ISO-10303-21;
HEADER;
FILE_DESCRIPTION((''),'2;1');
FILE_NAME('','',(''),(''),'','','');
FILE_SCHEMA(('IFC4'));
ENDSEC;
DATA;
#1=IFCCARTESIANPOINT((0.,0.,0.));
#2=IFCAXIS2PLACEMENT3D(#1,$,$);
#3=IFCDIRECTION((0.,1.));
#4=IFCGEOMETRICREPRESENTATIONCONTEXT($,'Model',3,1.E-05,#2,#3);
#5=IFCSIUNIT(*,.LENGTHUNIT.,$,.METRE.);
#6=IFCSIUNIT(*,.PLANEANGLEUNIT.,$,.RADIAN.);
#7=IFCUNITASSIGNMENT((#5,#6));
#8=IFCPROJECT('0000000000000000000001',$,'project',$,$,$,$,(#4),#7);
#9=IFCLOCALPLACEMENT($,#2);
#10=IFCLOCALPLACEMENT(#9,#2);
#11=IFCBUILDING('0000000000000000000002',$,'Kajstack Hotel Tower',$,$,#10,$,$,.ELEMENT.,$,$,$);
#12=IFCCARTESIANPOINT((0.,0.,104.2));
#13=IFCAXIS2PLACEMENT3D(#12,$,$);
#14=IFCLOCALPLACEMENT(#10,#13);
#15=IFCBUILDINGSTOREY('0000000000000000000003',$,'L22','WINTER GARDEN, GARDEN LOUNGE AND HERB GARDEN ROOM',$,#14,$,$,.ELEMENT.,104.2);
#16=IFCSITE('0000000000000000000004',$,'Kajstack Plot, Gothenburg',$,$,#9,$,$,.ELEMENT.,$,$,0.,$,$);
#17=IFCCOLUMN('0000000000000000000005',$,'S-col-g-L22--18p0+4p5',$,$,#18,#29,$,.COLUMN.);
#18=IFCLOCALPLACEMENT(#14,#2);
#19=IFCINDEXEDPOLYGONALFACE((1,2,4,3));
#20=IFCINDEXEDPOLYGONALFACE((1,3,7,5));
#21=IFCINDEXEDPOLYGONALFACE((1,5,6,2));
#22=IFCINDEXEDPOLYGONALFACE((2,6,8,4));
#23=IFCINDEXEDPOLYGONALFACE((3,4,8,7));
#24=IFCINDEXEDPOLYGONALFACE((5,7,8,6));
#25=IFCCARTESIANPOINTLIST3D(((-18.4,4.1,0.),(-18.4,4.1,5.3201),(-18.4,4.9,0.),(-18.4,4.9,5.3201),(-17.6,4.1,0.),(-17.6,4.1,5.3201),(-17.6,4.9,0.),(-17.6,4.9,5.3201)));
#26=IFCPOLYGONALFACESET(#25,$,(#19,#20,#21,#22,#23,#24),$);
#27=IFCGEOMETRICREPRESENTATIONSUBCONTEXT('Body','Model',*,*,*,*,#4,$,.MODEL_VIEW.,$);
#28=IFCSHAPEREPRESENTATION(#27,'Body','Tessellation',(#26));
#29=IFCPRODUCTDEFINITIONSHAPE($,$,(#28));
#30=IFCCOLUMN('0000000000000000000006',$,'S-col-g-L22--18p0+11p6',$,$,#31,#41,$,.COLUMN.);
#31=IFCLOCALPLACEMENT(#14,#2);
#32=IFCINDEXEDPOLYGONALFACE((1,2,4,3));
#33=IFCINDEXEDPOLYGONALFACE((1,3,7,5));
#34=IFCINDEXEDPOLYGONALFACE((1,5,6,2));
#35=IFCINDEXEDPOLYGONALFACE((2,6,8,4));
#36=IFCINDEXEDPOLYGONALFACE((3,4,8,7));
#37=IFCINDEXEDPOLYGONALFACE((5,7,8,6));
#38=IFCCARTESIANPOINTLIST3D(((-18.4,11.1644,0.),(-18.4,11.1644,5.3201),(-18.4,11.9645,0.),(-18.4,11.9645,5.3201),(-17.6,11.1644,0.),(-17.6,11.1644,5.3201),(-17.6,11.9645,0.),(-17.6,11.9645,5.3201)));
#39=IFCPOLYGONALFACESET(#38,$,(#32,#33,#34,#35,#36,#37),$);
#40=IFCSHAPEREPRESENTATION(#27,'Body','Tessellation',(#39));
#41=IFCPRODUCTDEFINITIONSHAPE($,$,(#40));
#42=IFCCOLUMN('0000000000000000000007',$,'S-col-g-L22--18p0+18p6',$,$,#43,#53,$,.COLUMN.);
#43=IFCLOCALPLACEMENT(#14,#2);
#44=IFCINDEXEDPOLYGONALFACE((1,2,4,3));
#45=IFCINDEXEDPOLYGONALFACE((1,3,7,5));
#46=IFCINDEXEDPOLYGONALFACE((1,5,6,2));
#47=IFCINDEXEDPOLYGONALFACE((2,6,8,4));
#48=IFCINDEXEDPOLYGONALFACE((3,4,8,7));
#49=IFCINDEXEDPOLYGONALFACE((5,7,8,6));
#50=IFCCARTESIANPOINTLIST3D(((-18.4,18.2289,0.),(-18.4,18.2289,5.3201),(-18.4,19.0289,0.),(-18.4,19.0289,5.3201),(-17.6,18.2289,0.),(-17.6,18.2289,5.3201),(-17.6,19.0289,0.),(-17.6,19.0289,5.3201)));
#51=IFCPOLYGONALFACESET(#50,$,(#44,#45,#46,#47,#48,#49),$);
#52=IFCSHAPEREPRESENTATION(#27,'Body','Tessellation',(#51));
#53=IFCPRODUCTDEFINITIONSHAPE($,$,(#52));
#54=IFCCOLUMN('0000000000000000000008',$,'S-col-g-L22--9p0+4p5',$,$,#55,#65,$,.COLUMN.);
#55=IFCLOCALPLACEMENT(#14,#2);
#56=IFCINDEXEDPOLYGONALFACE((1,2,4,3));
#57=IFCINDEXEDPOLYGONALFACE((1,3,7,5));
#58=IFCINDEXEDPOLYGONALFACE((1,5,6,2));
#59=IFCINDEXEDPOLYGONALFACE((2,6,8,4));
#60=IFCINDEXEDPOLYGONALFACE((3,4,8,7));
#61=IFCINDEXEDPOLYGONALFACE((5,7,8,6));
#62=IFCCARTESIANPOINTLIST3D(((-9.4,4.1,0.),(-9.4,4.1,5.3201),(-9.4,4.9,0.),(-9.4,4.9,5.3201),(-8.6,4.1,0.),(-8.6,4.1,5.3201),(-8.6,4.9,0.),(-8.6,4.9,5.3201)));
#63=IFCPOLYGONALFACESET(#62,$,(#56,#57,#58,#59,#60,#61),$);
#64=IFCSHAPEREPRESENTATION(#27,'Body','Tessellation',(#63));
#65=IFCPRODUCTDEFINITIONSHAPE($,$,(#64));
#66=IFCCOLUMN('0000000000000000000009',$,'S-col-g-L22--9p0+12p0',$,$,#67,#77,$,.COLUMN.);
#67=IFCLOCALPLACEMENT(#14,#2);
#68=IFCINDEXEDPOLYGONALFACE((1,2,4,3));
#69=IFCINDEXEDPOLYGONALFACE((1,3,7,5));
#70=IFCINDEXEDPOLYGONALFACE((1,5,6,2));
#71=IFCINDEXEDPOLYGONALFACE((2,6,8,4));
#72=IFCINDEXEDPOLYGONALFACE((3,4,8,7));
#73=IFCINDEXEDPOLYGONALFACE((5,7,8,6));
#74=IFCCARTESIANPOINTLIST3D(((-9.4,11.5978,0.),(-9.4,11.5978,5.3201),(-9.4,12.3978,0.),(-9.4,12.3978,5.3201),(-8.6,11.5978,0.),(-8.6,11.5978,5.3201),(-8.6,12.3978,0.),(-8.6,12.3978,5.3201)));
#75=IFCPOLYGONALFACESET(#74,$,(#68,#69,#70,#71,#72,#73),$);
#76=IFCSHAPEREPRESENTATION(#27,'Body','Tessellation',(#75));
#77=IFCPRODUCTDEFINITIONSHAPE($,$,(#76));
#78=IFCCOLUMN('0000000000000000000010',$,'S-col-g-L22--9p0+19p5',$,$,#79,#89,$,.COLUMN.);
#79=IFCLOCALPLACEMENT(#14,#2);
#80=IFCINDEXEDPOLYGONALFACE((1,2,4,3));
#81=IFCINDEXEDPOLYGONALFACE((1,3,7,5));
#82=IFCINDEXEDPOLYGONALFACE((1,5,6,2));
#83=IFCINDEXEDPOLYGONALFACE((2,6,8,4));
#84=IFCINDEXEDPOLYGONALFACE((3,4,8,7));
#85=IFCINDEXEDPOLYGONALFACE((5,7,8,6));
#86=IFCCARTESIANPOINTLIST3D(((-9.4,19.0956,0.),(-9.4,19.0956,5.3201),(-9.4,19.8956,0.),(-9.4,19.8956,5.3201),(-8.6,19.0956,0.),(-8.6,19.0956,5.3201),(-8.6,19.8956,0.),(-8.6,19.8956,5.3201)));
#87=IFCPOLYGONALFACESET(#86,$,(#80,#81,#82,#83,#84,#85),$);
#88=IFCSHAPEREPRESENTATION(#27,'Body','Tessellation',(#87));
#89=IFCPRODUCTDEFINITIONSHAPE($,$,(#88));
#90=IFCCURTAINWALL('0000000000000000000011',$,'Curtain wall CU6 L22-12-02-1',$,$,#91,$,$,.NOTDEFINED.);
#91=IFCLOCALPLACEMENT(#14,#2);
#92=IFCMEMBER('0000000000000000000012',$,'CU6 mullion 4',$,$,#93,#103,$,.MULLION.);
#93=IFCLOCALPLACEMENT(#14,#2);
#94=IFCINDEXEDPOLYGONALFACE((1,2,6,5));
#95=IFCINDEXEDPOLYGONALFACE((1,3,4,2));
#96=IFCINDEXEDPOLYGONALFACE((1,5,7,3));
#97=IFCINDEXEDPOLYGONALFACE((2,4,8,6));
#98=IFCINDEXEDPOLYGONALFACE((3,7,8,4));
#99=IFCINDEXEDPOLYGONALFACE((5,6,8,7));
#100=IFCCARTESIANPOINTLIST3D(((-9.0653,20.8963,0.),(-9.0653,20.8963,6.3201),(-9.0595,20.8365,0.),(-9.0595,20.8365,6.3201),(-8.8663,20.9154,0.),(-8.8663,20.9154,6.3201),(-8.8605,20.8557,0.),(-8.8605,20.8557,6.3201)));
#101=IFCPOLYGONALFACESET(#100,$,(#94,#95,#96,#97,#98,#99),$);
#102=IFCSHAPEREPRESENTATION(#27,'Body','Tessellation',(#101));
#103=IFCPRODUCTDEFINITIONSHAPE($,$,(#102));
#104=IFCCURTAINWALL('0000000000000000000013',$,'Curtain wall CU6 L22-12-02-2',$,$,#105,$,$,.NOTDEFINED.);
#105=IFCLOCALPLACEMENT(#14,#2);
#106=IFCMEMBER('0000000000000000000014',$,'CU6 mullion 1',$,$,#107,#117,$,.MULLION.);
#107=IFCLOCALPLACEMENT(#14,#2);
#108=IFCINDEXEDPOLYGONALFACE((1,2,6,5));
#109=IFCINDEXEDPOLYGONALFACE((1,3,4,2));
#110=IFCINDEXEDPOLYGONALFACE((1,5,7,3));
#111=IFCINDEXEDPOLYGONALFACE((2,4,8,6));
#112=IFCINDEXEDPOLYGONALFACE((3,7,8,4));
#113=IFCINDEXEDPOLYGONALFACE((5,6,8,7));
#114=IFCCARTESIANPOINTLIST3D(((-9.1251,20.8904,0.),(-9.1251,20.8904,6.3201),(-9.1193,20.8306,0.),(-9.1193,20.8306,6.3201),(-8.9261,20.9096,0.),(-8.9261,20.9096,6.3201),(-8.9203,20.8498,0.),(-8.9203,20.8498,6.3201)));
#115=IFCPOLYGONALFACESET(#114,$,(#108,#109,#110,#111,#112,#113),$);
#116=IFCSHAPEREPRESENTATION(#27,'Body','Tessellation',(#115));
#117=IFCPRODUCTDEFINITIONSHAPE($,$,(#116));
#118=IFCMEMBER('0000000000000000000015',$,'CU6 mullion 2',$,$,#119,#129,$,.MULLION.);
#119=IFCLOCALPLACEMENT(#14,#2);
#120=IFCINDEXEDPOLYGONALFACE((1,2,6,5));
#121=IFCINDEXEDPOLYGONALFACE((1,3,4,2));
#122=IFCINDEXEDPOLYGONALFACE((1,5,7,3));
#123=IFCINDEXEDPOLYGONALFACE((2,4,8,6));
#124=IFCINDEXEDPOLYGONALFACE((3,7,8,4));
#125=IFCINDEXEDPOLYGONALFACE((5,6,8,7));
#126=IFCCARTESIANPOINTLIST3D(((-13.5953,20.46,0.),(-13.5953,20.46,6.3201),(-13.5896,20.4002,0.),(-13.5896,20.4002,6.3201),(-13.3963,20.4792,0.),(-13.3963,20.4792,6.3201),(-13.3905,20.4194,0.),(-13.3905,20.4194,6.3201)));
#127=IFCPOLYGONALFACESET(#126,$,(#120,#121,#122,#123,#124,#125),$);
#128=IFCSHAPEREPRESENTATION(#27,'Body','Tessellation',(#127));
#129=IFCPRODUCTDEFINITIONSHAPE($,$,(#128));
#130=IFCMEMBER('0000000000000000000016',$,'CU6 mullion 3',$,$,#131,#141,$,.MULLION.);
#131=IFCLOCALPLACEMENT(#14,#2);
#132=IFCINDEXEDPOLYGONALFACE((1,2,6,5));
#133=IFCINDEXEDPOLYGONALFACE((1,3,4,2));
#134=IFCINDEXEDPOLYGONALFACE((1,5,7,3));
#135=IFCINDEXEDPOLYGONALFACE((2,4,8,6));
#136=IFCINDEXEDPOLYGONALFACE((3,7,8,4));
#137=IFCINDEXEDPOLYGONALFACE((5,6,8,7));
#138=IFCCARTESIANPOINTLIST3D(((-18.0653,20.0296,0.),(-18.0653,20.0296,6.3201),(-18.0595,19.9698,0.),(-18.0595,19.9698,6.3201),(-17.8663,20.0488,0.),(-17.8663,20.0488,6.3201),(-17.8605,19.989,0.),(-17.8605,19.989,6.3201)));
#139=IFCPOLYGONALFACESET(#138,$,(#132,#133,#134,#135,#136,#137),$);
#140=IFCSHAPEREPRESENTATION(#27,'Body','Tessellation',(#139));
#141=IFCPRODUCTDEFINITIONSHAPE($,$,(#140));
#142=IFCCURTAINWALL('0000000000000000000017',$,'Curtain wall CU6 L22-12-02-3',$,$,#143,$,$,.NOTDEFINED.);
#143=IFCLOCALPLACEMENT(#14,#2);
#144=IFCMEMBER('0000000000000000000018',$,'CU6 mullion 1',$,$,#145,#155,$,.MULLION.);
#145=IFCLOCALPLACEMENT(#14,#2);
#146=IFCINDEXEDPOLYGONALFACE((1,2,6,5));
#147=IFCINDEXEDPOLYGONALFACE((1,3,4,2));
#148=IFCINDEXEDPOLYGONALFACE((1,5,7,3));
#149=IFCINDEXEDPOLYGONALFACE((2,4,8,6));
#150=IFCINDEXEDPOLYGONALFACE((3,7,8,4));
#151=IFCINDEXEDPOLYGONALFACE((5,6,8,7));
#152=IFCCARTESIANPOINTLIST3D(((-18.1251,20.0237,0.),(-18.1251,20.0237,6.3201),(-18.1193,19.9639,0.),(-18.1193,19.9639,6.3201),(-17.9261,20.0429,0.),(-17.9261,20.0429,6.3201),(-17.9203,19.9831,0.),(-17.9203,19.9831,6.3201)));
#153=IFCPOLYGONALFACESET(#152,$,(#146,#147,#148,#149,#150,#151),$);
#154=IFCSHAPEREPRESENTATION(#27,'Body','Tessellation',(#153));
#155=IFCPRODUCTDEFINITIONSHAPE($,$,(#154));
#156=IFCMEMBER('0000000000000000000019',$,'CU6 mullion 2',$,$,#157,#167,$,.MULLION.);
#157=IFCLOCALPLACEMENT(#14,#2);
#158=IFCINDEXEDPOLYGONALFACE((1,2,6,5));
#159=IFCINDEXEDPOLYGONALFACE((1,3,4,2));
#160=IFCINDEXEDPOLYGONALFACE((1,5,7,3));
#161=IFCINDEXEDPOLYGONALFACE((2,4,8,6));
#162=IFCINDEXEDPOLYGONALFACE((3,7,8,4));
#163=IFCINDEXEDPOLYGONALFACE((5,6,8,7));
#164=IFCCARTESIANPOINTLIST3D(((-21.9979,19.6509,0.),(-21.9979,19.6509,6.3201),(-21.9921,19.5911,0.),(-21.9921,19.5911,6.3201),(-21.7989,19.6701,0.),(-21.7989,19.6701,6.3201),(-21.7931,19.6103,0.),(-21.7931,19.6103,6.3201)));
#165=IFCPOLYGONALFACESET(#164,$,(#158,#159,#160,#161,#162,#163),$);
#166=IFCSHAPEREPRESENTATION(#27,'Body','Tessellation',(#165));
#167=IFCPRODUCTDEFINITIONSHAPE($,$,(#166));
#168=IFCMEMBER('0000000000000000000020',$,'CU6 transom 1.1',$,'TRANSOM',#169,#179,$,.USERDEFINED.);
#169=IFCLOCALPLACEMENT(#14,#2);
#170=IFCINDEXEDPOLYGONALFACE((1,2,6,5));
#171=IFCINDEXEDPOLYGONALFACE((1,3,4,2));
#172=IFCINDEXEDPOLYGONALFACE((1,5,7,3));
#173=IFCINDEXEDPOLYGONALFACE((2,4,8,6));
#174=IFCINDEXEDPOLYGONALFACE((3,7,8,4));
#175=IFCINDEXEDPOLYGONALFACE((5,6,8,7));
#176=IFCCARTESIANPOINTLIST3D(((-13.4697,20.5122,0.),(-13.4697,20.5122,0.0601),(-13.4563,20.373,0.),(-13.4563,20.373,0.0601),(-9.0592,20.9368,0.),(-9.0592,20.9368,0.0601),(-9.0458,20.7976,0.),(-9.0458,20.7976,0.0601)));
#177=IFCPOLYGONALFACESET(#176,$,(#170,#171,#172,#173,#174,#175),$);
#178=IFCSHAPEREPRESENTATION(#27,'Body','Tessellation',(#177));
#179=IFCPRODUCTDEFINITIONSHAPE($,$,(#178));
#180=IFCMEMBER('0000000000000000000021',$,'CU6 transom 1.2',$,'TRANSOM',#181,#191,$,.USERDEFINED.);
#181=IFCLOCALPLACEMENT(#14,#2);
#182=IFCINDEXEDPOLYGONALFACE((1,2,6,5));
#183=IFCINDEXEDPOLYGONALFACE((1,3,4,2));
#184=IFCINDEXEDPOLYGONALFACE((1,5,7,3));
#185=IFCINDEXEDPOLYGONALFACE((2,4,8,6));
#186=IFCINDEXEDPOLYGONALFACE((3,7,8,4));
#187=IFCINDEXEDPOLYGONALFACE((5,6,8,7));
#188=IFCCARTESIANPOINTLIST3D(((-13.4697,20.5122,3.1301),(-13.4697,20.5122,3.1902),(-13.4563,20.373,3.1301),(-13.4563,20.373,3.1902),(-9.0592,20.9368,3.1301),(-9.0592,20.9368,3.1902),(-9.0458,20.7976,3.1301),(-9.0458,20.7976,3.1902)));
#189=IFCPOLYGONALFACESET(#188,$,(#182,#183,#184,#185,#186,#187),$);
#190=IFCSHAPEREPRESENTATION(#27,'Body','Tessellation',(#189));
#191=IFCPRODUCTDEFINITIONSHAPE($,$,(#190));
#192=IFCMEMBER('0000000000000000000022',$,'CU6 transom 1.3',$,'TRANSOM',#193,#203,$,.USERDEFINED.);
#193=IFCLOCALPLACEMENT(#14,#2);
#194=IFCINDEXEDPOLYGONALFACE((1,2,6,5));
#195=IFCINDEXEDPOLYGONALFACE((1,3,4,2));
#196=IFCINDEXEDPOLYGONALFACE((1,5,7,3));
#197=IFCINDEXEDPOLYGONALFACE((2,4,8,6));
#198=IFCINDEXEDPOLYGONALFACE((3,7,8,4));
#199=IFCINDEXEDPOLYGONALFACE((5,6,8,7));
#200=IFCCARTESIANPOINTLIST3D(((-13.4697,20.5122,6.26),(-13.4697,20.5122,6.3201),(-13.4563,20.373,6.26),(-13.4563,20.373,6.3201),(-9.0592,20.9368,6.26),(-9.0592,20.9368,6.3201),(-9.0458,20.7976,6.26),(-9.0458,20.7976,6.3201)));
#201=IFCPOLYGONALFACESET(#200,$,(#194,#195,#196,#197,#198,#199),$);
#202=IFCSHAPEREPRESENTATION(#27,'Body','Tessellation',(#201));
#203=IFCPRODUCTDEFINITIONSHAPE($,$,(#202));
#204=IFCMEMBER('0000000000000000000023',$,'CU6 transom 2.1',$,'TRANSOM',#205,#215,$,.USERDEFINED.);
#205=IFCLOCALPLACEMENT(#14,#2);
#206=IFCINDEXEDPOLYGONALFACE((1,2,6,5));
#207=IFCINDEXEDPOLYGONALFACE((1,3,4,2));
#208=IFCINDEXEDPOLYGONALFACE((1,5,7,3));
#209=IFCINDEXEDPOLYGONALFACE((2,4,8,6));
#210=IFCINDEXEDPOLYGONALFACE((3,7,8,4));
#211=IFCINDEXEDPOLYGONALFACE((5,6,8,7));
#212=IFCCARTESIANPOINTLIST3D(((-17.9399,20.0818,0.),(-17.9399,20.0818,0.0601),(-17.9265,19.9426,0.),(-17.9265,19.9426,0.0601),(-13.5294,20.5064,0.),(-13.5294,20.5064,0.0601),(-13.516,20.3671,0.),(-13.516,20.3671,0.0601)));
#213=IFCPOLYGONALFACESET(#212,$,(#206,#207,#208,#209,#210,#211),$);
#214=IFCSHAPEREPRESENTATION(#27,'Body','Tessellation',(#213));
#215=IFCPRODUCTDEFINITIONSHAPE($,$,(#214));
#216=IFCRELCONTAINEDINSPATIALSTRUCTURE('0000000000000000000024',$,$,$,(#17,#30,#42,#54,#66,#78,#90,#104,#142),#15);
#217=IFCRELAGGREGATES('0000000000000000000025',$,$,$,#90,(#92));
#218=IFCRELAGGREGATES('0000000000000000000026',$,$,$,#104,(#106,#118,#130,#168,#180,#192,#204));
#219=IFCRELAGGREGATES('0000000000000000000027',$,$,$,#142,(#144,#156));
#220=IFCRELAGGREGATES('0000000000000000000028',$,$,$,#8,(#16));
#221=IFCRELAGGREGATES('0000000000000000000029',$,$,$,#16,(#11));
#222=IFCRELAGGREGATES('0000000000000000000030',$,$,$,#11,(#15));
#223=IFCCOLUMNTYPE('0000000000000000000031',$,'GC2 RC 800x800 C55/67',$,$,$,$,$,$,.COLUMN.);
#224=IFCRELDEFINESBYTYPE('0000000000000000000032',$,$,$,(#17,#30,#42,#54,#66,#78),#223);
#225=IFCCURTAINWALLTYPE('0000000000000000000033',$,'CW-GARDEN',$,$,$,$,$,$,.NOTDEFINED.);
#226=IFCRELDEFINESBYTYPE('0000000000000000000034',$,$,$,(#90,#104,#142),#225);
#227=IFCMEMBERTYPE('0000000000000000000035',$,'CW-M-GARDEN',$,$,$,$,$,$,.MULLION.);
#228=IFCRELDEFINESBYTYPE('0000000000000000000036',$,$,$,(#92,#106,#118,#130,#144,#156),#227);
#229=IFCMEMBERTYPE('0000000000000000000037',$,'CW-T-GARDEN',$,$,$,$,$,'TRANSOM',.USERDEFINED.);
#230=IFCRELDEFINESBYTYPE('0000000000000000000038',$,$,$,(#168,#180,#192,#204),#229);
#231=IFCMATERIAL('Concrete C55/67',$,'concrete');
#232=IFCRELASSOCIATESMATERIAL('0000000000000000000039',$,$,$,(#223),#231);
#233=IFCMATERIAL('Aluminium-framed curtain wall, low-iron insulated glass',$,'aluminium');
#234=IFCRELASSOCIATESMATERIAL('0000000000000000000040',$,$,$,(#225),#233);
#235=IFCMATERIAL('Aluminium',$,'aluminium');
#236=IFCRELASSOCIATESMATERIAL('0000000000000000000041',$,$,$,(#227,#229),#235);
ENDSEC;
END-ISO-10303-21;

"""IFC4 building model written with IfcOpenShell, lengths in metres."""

from ifc_helpers import new_model, si_unit, direction, frame, origin, origin_2d, place, context, subcontext, project, spatial, rectangle, extrude, material, material_profile, profile_set, type_object, element, aggregate, save


model = new_model("IFC4")

# Units and contexts
model_context = context("Model", 3, precision=1e-05, world=origin(), true_north=direction((0.0, 1.0)))
body_context = subcontext(model_context, "Body", "Model", "MODEL_VIEW")
ifc_project = project(units=[si_unit("LENGTHUNIT", "METRE"), si_unit("PLANEANGLEUNIT", "RADIAN")], contexts=[model_context])

# Site, building, storey
site_placement = place(None, origin())
site = spatial("IfcSite", under=ifc_project, at=site_placement, Name="Kajstack Plot, Gothenburg", CompositionType="ELEMENT", RefElevation=0.0)
building_placement = place(site_placement, origin())
building = spatial("IfcBuilding", under=site, at=building_placement, Name="Kajstack Hotel Tower", CompositionType="ELEMENT")
storey_placement = place(building_placement, frame((0.0, 0.0, 104.2)))
storey = spatial("IfcBuildingStorey", under=building, at=storey_placement, Name="L22", Description="WINTER GARDEN, GARDEN LOUNGE AND HERB GARDEN ROOM", CompositionType="ELEMENT", Elevation=104.2)

# Columns
ifc_material_1 = material(Name="Concrete C55/67", Category="concrete")
ifc_material_profile_1 = material_profile(ifc_material_1, rectangle(XDim=0.8, YDim=0.8, at=origin_2d()), Name="RC 800x800")
ifc_profile_set_1 = profile_set([ifc_material_profile_1], Name="Concrete C55/67")
column_type = type_object("IfcColumnType", Name="GC2 RC 800x800 C55/67", PredefinedType="COLUMN", material=ifc_profile_set_1)
for number, where, z_axis, x_axis, name in (
    (1, (-18.0, 4.5, 0.0), (0.0, 0.0, 1.0), (1.0, 0.0, 0.0), "S-col-g-L22--18p0+4p5"),
    (2, (-18.0, 11.5645, 0.0), (0.0, 0.0, 1.0), (1.0, 0.0, 0.0), "S-col-g-L22--18p0+11p6"),
    (3, (-18.0, 18.6289, 0.0), (0.0, 0.0, 1.0), (1.0, 0.0, 0.0), "S-col-g-L22--18p0+18p6"),
    (4, (-9.0, 4.5, 0.0), (0.0, 0.0, 1.0), (1.0, 0.0, 0.0), "S-col-g-L22--9p0+4p5"),
    (5, (-9.0, 11.9978, 0.0), (0.0, 0.0, 1.0), (1.0, 0.0, 0.0), "S-col-g-L22--9p0+12p0"),
    (6, (-9.0, 19.4956, 0.0), (0.0, 0.0, 1.0), (1.0, 0.0, 0.0), "S-col-g-L22--9p0+19p5"),
):
    element("IfcColumn", number, at=place(storey_placement, frame(where, z_axis=z_axis, x_axis=x_axis)), inside=storey, type_object=column_type, Name=name, PredefinedType="COLUMN", context=body_context, shape_type="SweptSolid", body=[
        extrude(rectangle(XDim=0.8, YDim=0.8, at=origin_2d()), origin(), (0.0, 0.0, 1.0), 5.3201),
    ])

# Curtain wall, member
ifc_material_2 = material(Name="Aluminium-framed curtain wall, low-iron insulated glass", Category="aluminium")
curtain_wall_type = type_object("IfcCurtainWallType", Name="CW-GARDEN", PredefinedType="NOTDEFINED", material=ifc_material_2)
curtain_wall_1_placement = place(storey_placement, origin())
curtain_wall_1 = element("IfcCurtainWall", 7, at=curtain_wall_1_placement, inside=storey, type_object=curtain_wall_type, Name="Curtain wall CU6 L22-12-02-1", PredefinedType="NOTDEFINED")
ifc_material_3 = material(Name="Aluminium", Category="aluminium")
ifc_material_profile_2 = material_profile(ifc_material_3, rectangle(XDim=0.0601, YDim=0.2, at=origin_2d()), Name="Aluminium mullion 60 x 200")
ifc_profile_set_2 = profile_set([ifc_material_profile_2], Name="Aluminium")
member_type_1 = type_object("IfcMemberType", Name="CW-M-GARDEN", PredefinedType="MULLION", material=ifc_profile_set_2)
member_1_placement = place(storey_placement, frame((-8.9629, 20.876, 0.0), z_axis=(0.0, 0.0, 1.0), x_axis=(0.095846, -0.995396, 0.0)))
member_1 = element("IfcMember", 8, at=member_1_placement, type_object=member_type_1, Name="CU6 mullion 4", PredefinedType="MULLION", context=body_context, shape_type="SweptSolid", body=[
    extrude(rectangle(XDim=0.0601, YDim=0.2, at=origin_2d()), origin(), (0.0, 0.0, 1.0), 6.3201),
])
aggregate(curtain_wall_1, [member_1])

# Curtain walls, members
curtain_wall_2_placement = place(storey_placement, origin())
curtain_wall_2 = element("IfcCurtainWall", 9, at=curtain_wall_2_placement, inside=storey, type_object=curtain_wall_type, Name="Curtain wall CU6 L22-12-02-2", PredefinedType="NOTDEFINED")
member_2_placement = place(storey_placement, frame((-9.0227, 20.8701, 0.0), z_axis=(0.0, 0.0, 1.0), x_axis=(0.095846, -0.995396, 0.0)))
member_2 = element("IfcMember", 10, at=member_2_placement, type_object=member_type_1, Name="CU6 mullion 1", PredefinedType="MULLION", context=body_context, shape_type="SweptSolid", body=[
    extrude(rectangle(XDim=0.0601, YDim=0.2, at=origin_2d()), origin(), (0.0, 0.0, 1.0), 6.3201),
])
member_3_placement = place(storey_placement, frame((-13.4929, 20.4397, 0.0), z_axis=(0.0, 0.0, 1.0), x_axis=(0.095846, -0.995396, 0.0)))
member_3 = element("IfcMember", 11, at=member_3_placement, type_object=member_type_1, Name="CU6 mullion 2", PredefinedType="MULLION", context=body_context, shape_type="SweptSolid", body=[
    extrude(rectangle(XDim=0.0601, YDim=0.2, at=origin_2d()), origin(), (0.0, 0.0, 1.0), 6.3201),
])
member_4_placement = place(storey_placement, frame((-17.9629, 20.0093, 0.0), z_axis=(0.0, 0.0, 1.0), x_axis=(0.095846, -0.995396, 0.0)))
member_4 = element("IfcMember", 12, at=member_4_placement, type_object=member_type_1, Name="CU6 mullion 3", PredefinedType="MULLION", context=body_context, shape_type="SweptSolid", body=[
    extrude(rectangle(XDim=0.0601, YDim=0.2, at=origin_2d()), origin(), (0.0, 0.0, 1.0), 6.3201),
])
curtain_wall_3_placement = place(storey_placement, origin())
curtain_wall_3 = element("IfcCurtainWall", 13, at=curtain_wall_3_placement, inside=storey, type_object=curtain_wall_type, Name="Curtain wall CU6 L22-12-02-3", PredefinedType="NOTDEFINED")
member_5_placement = place(storey_placement, frame((-18.0227, 20.0034, 0.0), z_axis=(0.0, 0.0, 1.0), x_axis=(0.095846, -0.995396, 0.0)))
member_5 = element("IfcMember", 14, at=member_5_placement, type_object=member_type_1, Name="CU6 mullion 1", PredefinedType="MULLION", context=body_context, shape_type="SweptSolid", body=[
    extrude(rectangle(XDim=0.0601, YDim=0.2, at=origin_2d()), origin(), (0.0, 0.0, 1.0), 6.3201),
])
member_6_placement = place(storey_placement, frame((-21.8955, 19.6306, 0.0), z_axis=(0.0, 0.0, 1.0), x_axis=(0.095846, -0.995396, 0.0)))
member_6 = element("IfcMember", 15, at=member_6_placement, type_object=member_type_1, Name="CU6 mullion 2", PredefinedType="MULLION", context=body_context, shape_type="SweptSolid", body=[
    extrude(rectangle(XDim=0.0601, YDim=0.2, at=origin_2d()), origin(), (0.0, 0.0, 1.0), 6.3201),
])

# Members
ifc_material_profile_3 = material_profile(ifc_material_3, rectangle(XDim=0.1399, YDim=0.0601, at=origin_2d()), Name="Aluminium transom 140 x 60")
ifc_profile_set_3 = profile_set([ifc_material_profile_3], Name="Aluminium")
member_type_2 = type_object("IfcMemberType", Name="CW-T-GARDEN", ElementType="TRANSOM", PredefinedType="USERDEFINED", material=ifc_profile_set_3)
member_7_placement = place(storey_placement, frame((-9.0525, 20.8672, 0.03), z_axis=(-0.995399, -0.095821, 0.0), x_axis=(0.095821, -0.995399, 0.0)))
member_7 = element("IfcMember", 16, at=member_7_placement, type_object=member_type_2, Name="CU6 transom 1.1", ObjectType="TRANSOM", PredefinedType="USERDEFINED", context=body_context, shape_type="SweptSolid", body=[
    extrude(rectangle(XDim=0.1399, YDim=0.0601, at=origin_2d()), origin(), (0.0, 0.0, 1.0), 4.4309),
])
member_8_placement = place(storey_placement, frame((-9.0525, 20.8672, 3.1602), z_axis=(-0.995399, -0.095821, 0.0), x_axis=(0.095821, -0.995399, 0.0)))
member_8 = element("IfcMember", 17, at=member_8_placement, type_object=member_type_2, Name="CU6 transom 1.2", ObjectType="TRANSOM", PredefinedType="USERDEFINED", context=body_context, shape_type="SweptSolid", body=[
    extrude(rectangle(XDim=0.1399, YDim=0.0601, at=origin_2d()), origin(), (0.0, 0.0, 1.0), 4.4309),
])
member_9_placement = place(storey_placement, frame((-9.0525, 20.8672, 6.29), z_axis=(-0.995399, -0.095821, 0.0), x_axis=(0.095821, -0.995399, 0.0)))
member_9 = element("IfcMember", 18, at=member_9_placement, type_object=member_type_2, Name="CU6 transom 1.3", ObjectType="TRANSOM", PredefinedType="USERDEFINED", context=body_context, shape_type="SweptSolid", body=[
    extrude(rectangle(XDim=0.1399, YDim=0.0601, at=origin_2d()), origin(), (0.0, 0.0, 1.0), 4.4309),
])
member_10_placement = place(storey_placement, frame((-13.5227, 20.4368, 0.03), z_axis=(-0.995399, -0.095821, 0.0), x_axis=(0.095821, -0.995399, 0.0)))
member_10 = element("IfcMember", 19, at=member_10_placement, type_object=member_type_2, Name="CU6 transom 2.1", ObjectType="TRANSOM", PredefinedType="USERDEFINED", context=body_context, shape_type="SweptSolid", body=[
    extrude(rectangle(XDim=0.1399, YDim=0.0601, at=origin_2d()), origin(), (0.0, 0.0, 1.0), 4.4309),
])

aggregate(curtain_wall_2, [member_2, member_3, member_4, member_7, member_8, member_9, member_10])
aggregate(curtain_wall_3, [member_5, member_6])

save(model, "model.ifc")
